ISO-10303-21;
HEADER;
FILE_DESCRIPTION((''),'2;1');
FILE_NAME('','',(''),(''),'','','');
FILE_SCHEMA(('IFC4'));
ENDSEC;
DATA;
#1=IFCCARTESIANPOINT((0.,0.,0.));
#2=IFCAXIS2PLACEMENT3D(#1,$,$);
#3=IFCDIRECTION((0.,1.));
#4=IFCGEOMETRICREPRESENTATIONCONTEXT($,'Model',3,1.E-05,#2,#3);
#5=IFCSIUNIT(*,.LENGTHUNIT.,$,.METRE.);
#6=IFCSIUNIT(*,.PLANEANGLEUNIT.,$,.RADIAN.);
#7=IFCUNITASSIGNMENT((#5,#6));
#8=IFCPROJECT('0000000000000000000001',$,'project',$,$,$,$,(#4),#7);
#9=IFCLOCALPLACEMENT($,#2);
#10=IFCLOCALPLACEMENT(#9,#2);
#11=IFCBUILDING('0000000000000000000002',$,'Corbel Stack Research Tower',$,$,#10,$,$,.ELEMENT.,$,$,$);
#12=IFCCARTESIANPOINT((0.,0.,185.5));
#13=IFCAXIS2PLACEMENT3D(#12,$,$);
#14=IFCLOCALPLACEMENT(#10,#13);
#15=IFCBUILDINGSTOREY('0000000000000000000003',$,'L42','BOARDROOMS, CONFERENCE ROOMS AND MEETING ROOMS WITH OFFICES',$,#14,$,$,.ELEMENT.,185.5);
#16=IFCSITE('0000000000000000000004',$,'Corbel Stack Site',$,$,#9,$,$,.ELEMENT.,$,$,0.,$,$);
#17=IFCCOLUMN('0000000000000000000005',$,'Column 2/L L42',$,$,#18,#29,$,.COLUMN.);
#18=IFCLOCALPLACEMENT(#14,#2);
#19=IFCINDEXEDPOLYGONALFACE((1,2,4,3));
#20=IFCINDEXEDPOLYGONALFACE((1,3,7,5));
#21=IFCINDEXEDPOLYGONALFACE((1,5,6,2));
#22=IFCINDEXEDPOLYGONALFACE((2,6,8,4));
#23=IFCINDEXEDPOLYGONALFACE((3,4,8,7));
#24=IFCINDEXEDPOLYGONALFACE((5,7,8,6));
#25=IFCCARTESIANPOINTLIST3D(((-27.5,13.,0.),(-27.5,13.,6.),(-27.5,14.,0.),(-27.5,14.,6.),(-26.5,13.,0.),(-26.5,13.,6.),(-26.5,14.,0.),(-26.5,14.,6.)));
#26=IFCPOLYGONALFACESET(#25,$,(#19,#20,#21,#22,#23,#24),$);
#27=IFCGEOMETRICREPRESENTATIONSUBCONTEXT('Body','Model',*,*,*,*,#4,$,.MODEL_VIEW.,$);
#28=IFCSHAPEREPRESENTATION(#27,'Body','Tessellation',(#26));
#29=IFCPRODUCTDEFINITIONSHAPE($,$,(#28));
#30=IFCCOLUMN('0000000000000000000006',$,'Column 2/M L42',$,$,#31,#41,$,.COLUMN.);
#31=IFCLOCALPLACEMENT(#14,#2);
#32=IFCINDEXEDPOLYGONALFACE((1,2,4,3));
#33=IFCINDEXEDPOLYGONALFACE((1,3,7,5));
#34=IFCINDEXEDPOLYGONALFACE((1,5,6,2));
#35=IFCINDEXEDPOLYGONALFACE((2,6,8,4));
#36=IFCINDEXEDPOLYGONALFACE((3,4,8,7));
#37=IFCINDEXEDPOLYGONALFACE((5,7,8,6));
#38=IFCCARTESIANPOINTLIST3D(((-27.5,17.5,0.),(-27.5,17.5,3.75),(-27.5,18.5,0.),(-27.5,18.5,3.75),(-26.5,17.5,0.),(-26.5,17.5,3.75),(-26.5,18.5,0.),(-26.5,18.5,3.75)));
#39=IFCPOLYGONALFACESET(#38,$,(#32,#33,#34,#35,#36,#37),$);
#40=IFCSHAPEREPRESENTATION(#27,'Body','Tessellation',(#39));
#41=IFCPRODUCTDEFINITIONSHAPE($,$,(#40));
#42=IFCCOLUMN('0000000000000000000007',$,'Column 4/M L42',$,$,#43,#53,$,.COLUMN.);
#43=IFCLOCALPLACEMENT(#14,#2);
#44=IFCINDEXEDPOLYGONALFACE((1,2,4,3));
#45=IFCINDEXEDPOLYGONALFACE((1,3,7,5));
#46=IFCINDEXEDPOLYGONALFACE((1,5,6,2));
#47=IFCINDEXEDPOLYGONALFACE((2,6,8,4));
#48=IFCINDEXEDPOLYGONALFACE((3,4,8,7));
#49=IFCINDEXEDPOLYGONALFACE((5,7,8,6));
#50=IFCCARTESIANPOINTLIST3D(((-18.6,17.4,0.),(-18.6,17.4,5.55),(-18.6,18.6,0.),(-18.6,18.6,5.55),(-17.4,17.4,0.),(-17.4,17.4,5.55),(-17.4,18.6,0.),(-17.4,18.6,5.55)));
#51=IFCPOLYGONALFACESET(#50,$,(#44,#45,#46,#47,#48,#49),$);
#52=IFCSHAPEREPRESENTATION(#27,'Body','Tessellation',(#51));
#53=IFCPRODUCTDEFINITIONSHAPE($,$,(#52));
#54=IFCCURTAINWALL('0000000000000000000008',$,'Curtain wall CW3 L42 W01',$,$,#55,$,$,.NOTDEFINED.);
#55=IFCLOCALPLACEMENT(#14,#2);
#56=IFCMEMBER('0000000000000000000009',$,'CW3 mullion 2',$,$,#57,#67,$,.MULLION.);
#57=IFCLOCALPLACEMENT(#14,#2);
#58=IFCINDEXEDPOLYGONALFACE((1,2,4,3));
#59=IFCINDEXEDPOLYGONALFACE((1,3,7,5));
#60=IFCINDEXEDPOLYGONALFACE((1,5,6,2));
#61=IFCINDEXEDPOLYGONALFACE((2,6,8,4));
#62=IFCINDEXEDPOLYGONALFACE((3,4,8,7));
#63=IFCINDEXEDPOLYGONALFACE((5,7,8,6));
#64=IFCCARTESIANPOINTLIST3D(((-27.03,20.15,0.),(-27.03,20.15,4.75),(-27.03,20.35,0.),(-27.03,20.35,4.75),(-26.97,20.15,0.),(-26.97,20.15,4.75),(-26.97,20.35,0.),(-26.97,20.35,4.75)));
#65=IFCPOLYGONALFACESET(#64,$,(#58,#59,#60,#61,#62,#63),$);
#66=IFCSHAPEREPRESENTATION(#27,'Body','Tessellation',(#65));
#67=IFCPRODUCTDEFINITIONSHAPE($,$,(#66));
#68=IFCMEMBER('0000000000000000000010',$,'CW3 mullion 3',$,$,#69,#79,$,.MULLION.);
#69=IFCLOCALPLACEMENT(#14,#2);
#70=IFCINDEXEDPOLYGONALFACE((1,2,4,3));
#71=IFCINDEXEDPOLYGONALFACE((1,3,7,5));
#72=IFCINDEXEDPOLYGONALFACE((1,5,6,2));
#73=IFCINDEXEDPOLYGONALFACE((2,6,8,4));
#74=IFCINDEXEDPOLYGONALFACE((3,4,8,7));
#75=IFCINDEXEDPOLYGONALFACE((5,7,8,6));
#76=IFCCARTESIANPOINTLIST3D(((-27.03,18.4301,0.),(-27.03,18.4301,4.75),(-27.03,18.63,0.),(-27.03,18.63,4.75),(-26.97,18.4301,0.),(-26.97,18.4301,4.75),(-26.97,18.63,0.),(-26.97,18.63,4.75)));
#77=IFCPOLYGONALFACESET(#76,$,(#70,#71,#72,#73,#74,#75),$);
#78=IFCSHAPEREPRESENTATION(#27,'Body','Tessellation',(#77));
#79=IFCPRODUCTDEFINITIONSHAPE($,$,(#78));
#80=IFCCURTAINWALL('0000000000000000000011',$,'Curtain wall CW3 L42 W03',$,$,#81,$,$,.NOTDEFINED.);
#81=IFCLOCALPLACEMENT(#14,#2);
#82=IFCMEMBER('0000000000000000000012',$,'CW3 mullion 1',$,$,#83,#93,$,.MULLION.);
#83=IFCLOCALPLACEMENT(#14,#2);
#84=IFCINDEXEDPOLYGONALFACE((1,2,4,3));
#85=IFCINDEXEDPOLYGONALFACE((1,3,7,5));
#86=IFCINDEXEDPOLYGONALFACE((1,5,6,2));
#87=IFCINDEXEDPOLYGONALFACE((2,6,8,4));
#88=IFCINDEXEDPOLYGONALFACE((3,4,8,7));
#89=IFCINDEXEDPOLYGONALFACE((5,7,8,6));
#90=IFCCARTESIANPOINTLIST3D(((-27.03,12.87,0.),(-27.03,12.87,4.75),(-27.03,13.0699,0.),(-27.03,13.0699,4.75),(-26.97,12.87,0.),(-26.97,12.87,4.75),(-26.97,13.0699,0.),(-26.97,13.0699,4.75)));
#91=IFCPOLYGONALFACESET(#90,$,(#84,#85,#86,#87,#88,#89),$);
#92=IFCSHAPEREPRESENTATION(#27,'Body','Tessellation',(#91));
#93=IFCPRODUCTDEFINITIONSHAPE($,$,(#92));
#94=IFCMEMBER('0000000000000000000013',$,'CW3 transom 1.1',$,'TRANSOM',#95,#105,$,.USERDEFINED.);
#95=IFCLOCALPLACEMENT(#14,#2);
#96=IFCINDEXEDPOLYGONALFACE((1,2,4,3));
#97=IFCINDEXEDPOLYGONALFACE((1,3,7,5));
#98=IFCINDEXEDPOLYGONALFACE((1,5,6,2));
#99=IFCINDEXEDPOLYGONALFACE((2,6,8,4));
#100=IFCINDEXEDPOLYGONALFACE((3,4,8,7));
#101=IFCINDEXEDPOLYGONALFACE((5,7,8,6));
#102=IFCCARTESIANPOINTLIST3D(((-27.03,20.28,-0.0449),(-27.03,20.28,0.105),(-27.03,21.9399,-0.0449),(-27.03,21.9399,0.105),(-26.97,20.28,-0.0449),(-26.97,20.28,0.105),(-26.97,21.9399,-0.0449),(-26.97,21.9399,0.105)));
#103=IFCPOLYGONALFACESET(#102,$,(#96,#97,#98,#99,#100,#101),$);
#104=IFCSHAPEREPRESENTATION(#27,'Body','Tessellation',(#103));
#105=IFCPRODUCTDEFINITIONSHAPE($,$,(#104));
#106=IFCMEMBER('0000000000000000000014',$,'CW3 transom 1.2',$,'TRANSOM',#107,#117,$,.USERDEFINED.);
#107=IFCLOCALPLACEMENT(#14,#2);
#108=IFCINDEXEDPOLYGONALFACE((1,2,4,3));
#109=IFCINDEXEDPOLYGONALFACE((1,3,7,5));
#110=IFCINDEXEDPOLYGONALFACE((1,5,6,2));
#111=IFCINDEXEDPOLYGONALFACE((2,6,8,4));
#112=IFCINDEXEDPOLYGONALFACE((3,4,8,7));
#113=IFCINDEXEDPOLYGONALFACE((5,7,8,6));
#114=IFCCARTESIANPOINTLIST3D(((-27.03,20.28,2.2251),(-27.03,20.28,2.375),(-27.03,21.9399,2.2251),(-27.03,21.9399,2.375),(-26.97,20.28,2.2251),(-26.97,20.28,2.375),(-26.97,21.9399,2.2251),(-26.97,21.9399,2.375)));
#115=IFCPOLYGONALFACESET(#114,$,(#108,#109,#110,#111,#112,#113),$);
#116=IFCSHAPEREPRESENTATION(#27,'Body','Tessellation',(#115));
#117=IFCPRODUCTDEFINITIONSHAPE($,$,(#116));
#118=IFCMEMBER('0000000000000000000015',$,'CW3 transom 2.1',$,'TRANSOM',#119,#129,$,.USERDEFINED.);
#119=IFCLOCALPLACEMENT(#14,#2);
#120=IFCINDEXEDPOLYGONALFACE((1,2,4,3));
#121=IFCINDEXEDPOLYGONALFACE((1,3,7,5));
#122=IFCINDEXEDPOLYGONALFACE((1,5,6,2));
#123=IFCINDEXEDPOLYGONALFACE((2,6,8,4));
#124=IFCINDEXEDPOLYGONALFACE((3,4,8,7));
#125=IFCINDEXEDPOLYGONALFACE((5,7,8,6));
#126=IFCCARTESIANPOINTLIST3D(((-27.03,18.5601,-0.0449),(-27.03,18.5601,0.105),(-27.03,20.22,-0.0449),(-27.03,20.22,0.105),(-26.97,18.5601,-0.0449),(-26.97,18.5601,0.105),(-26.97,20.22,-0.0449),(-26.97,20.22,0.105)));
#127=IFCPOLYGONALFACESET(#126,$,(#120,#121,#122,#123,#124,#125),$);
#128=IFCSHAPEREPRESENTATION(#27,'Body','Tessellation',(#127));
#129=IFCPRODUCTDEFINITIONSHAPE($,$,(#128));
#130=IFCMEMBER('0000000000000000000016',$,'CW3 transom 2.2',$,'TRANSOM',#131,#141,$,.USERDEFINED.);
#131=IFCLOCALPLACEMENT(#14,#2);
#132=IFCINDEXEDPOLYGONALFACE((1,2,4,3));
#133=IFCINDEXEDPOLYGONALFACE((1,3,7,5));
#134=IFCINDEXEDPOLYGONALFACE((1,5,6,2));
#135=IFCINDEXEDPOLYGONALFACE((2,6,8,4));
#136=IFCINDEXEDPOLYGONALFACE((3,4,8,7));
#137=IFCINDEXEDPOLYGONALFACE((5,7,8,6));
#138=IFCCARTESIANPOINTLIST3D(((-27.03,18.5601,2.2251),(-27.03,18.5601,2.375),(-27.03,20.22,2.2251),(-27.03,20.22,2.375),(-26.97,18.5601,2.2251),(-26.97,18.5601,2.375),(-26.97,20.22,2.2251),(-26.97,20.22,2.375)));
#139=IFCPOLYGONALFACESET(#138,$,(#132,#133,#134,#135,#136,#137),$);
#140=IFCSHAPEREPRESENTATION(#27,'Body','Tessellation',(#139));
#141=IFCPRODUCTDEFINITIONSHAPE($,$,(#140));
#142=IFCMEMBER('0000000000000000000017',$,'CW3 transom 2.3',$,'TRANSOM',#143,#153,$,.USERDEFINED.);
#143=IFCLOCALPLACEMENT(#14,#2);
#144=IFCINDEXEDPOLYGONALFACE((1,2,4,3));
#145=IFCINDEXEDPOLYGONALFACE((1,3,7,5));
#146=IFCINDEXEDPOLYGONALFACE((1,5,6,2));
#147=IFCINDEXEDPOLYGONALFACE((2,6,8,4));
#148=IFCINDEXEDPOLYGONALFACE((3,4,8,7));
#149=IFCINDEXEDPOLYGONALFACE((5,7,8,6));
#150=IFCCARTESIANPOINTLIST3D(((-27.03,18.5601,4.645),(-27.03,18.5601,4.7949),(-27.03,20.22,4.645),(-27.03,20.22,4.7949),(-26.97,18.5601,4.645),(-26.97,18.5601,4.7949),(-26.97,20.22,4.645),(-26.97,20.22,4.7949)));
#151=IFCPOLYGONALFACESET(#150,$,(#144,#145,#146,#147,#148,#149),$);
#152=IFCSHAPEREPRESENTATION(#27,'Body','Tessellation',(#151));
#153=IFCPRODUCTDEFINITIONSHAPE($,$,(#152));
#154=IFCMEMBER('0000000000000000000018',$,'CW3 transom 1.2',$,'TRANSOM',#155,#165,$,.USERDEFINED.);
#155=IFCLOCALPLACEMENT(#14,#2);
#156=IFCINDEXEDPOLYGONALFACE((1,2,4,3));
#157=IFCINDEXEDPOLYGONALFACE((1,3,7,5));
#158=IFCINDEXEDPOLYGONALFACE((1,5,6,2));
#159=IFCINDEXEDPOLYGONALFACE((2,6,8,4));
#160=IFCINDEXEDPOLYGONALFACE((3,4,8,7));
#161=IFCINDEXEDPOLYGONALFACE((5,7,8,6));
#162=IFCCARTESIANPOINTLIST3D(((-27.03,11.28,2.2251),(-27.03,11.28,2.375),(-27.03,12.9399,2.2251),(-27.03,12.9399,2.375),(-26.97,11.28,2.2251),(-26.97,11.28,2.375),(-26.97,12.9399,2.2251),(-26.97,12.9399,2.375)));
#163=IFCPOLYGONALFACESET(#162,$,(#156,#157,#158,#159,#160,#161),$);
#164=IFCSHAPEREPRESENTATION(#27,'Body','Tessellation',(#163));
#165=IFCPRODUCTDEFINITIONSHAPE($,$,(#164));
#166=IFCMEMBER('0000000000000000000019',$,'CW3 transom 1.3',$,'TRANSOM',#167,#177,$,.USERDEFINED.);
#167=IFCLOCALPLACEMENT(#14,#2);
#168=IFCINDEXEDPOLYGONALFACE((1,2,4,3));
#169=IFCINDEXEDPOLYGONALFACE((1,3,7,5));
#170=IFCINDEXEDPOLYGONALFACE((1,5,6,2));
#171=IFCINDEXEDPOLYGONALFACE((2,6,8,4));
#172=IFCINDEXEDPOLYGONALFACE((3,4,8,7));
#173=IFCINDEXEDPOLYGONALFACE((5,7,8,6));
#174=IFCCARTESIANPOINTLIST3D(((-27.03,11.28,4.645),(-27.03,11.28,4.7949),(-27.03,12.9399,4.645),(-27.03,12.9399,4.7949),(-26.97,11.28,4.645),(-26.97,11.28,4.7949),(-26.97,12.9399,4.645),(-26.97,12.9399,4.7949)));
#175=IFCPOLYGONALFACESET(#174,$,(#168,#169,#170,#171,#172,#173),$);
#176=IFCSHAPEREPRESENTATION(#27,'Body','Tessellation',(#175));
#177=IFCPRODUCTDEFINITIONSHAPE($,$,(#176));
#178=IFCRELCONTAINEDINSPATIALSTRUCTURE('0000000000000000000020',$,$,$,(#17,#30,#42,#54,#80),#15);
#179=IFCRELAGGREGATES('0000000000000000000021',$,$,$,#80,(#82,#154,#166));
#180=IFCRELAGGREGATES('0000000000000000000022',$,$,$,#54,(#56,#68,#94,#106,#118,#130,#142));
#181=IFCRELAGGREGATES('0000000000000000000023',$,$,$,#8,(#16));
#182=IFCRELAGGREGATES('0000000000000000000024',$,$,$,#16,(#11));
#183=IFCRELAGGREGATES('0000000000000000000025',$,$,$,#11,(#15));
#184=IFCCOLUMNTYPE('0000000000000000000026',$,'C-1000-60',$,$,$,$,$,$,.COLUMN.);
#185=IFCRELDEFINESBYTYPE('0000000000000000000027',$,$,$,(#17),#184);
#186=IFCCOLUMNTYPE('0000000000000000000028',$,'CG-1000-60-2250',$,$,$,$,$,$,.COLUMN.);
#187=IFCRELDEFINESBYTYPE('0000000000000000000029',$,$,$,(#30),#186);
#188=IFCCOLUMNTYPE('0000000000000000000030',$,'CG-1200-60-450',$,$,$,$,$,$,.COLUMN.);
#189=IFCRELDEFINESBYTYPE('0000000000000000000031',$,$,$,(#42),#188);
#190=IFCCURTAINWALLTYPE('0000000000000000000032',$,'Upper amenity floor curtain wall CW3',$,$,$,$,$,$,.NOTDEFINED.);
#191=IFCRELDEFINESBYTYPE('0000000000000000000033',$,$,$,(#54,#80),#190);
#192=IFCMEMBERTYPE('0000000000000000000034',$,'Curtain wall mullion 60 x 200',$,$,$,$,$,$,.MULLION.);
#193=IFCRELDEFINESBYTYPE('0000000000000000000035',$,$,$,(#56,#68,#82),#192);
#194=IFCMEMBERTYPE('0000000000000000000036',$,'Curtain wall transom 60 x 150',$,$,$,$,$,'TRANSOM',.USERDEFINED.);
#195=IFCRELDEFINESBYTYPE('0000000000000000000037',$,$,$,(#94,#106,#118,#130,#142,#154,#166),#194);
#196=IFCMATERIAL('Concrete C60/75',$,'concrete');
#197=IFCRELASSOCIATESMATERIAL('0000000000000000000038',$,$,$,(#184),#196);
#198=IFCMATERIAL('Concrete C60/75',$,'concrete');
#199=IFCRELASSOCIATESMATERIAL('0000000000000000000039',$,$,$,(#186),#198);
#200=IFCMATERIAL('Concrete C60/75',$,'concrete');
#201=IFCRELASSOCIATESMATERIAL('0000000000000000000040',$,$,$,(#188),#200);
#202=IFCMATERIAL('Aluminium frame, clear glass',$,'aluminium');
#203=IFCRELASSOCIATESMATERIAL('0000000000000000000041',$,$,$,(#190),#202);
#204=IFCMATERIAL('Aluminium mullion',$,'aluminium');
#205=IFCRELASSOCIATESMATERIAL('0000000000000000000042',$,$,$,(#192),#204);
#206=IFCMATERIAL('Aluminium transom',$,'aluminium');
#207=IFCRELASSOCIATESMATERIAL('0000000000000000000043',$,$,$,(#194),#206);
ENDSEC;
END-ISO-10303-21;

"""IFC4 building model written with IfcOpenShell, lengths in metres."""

from ifc_helpers import new_model, si_unit, direction, frame, origin, origin_2d, place, context, subcontext, project, spatial, rectangle, extrude, material, material_profile, profile_set, type_object, element, aggregate, save


model = new_model("IFC4")

# Units and contexts
model_context = context("Model", 3, precision=1e-05, world=origin(), true_north=direction((0.0, 1.0)))
body_context = subcontext(model_context, "Body", "Model", "MODEL_VIEW")
ifc_project = project(units=[si_unit("LENGTHUNIT", "METRE"), si_unit("PLANEANGLEUNIT", "RADIAN")], contexts=[model_context])

# Site, building, storey
site_placement = place(None, origin())
site = spatial("IfcSite", under=ifc_project, at=site_placement, Name="Corbel Stack Site", CompositionType="ELEMENT", RefElevation=0.0)
building_placement = place(site_placement, origin())
building = spatial("IfcBuilding", under=site, at=building_placement, Name="Corbel Stack Research Tower", CompositionType="ELEMENT")
storey_placement = place(building_placement, frame((0.0, 0.0, 185.5)))
storey = spatial("IfcBuildingStorey", under=building, at=storey_placement, Name="L42", Description="BOARDROOMS, CONFERENCE ROOMS AND MEETING ROOMS WITH OFFICES", CompositionType="ELEMENT", Elevation=185.5)

# Columns
ifc_material_1 = material(Name="Concrete C60/75", Category="concrete")
ifc_material_profile_1 = material_profile(ifc_material_1, rectangle(XDim=1.0, YDim=1.0, at=origin_2d()), Name="RC 1000 x 1000")
ifc_profile_set_1 = profile_set([ifc_material_profile_1], Name="Concrete C60/75")
column_type_1 = type_object("IfcColumnType", Name="C-1000-60", PredefinedType="COLUMN", material=ifc_profile_set_1)
column_1_placement = place(storey_placement, frame((-27.0, 13.5, 0.0), z_axis=(0.0, 0.0, 1.0), x_axis=(1.0, 0.0, 0.0)))
element("IfcColumn", 1, at=column_1_placement, inside=storey, type_object=column_type_1, Name="Column 2/L L42", PredefinedType="COLUMN", context=body_context, shape_type="SweptSolid", body=[
    extrude(rectangle(XDim=1.0, YDim=1.0, at=origin_2d()), origin(), (0.0, 0.0, 1.0), 6.0),
])
ifc_material_2 = material(Name="Concrete C60/75", Category="concrete")
ifc_material_profile_2 = material_profile(ifc_material_2, rectangle(XDim=1.0, YDim=1.0, at=origin_2d()), Name="RC 1000 x 1000")
ifc_profile_set_2 = profile_set([ifc_material_profile_2], Name="Concrete C60/75")
column_type_2 = type_object("IfcColumnType", Name="CG-1000-60-2250", PredefinedType="COLUMN", material=ifc_profile_set_2)
column_2_placement = place(storey_placement, frame((-27.0, 18.0, 0.0), z_axis=(0.0, 0.0, 1.0), x_axis=(1.0, 0.0, 0.0)))
element("IfcColumn", 2, at=column_2_placement, inside=storey, type_object=column_type_2, Name="Column 2/M L42", PredefinedType="COLUMN", context=body_context, shape_type="SweptSolid", body=[
    extrude(rectangle(XDim=1.0, YDim=1.0, at=origin_2d()), origin(), (0.0, 0.0, 1.0), 3.75),
])
ifc_material_3 = material(Name="Concrete C60/75", Category="concrete")
ifc_material_profile_3 = material_profile(ifc_material_3, rectangle(XDim=1.2, YDim=1.2, at=origin_2d()), Name="RC 1200 x 1200")
ifc_profile_set_3 = profile_set([ifc_material_profile_3], Name="Concrete C60/75")
column_type_3 = type_object("IfcColumnType", Name="CG-1200-60-450", PredefinedType="COLUMN", material=ifc_profile_set_3)
column_3_placement = place(storey_placement, frame((-18.0, 18.0, 0.0), z_axis=(0.0, 0.0, 1.0), x_axis=(1.0, 0.0, 0.0)))
element("IfcColumn", 3, at=column_3_placement, inside=storey, type_object=column_type_3, Name="Column 4/M L42", PredefinedType="COLUMN", context=body_context, shape_type="SweptSolid", body=[
    extrude(rectangle(XDim=1.2, YDim=1.2, at=origin_2d()), origin(), (0.0, 0.0, 1.0), 5.55),
])

# Curtain wall, members
ifc_material_4 = material(Name="Aluminium frame, clear glass", Category="aluminium")
curtain_wall_type = type_object("IfcCurtainWallType", Name="Upper amenity floor curtain wall CW3", PredefinedType="NOTDEFINED", material=ifc_material_4)
curtain_wall_1_placement = place(storey_placement, origin())
curtain_wall_1 = element("IfcCurtainWall", 4, at=curtain_wall_1_placement, inside=storey, type_object=curtain_wall_type, Name="Curtain wall CW3 L42 W01", PredefinedType="NOTDEFINED")
ifc_material_5 = material(Name="Aluminium mullion", Category="aluminium")
ifc_material_profile_4 = material_profile(ifc_material_5, rectangle(XDim=0.0601, YDim=0.2, at=origin_2d()), Name="Mullion 60 x 200")
ifc_profile_set_4 = profile_set([ifc_material_profile_4], Name="Aluminium mullion")
member_type_1 = type_object("IfcMemberType", Name="Curtain wall mullion 60 x 200", PredefinedType="MULLION", material=ifc_profile_set_4)
member_1_placement = place(storey_placement, frame((-27.0, 20.25, 0.0), z_axis=(0.0, 0.0, 1.0), x_axis=(1.0, 0.0, 0.0)))
member_1 = element("IfcMember", 5, at=member_1_placement, type_object=member_type_1, Name="CW3 mullion 2", PredefinedType="MULLION", context=body_context, shape_type="SweptSolid", body=[
    extrude(rectangle(XDim=0.0601, YDim=0.2, at=origin_2d()), origin(), (0.0, 0.0, 1.0), 4.75),
])
member_2_placement = place(storey_placement, frame((-27.0, 18.53, 0.0), z_axis=(0.0, 0.0, 1.0), x_axis=(1.0, 0.0, 0.0)))
member_2 = element("IfcMember", 6, at=member_2_placement, type_object=member_type_1, Name="CW3 mullion 3", PredefinedType="MULLION", context=body_context, shape_type="SweptSolid", body=[
    extrude(rectangle(XDim=0.0601, YDim=0.2, at=origin_2d()), origin(), (0.0, 0.0, 1.0), 4.75),
])

# Curtain wall, member
curtain_wall_2_placement = place(storey_placement, origin())
curtain_wall_2 = element("IfcCurtainWall", 7, at=curtain_wall_2_placement, inside=storey, type_object=curtain_wall_type, Name="Curtain wall CW3 L42 W03", PredefinedType="NOTDEFINED")
member_3_placement = place(storey_placement, frame((-27.0, 12.97, 0.0), z_axis=(0.0, 0.0, 1.0), x_axis=(1.0, 0.0, 0.0)))
member_3 = element("IfcMember", 8, at=member_3_placement, type_object=member_type_1, Name="CW3 mullion 1", PredefinedType="MULLION", context=body_context, shape_type="SweptSolid", body=[
    extrude(rectangle(XDim=0.0601, YDim=0.2, at=origin_2d()), origin(), (0.0, 0.0, 1.0), 4.75),
])

# Members
ifc_material_6 = material(Name="Aluminium transom", Category="aluminium")
ifc_material_profile_5 = material_profile(ifc_material_6, rectangle(XDim=0.0601, YDim=0.1499, at=origin_2d()), Name="Transom 60 x 150")
ifc_profile_set_5 = profile_set([ifc_material_profile_5], Name="Aluminium transom")
member_type_2 = type_object("IfcMemberType", Name="Curtain wall transom 60 x 150", ElementType="TRANSOM", PredefinedType="USERDEFINED", material=ifc_profile_set_5)
member_4_placement = place(storey_placement, frame((-27.0, 21.9399, 0.03), z_axis=(0.0, -1.0, 0.0), x_axis=(1.0, 0.0, 0.0)))
member_4 = element("IfcMember", 9, at=member_4_placement, type_object=member_type_2, Name="CW3 transom 1.1", ObjectType="TRANSOM", PredefinedType="USERDEFINED", context=body_context, shape_type="SweptSolid", body=[
    extrude(rectangle(XDim=0.0601, YDim=0.1499, at=origin_2d()), origin(), (0.0, 0.0, 1.0), 1.6599),
])
member_5_placement = place(storey_placement, frame((-27.0, 21.9399, 2.3), z_axis=(0.0, -1.0, 0.0), x_axis=(1.0, 0.0, 0.0)))
member_5 = element("IfcMember", 10, at=member_5_placement, type_object=member_type_2, Name="CW3 transom 1.2", ObjectType="TRANSOM", PredefinedType="USERDEFINED", context=body_context, shape_type="SweptSolid", body=[
    extrude(rectangle(XDim=0.0601, YDim=0.1499, at=origin_2d()), origin(), (0.0, 0.0, 1.0), 1.6599),
])
member_6_placement = place(storey_placement, frame((-27.0, 20.22, 0.03), z_axis=(0.0, -1.0, 0.0), x_axis=(1.0, 0.0, 0.0)))
member_6 = element("IfcMember", 11, at=member_6_placement, type_object=member_type_2, Name="CW3 transom 2.1", ObjectType="TRANSOM", PredefinedType="USERDEFINED", context=body_context, shape_type="SweptSolid", body=[
    extrude(rectangle(XDim=0.0601, YDim=0.1499, at=origin_2d()), origin(), (0.0, 0.0, 1.0), 1.6599),
])
member_7_placement = place(storey_placement, frame((-27.0, 20.22, 2.3), z_axis=(0.0, -1.0, 0.0), x_axis=(1.0, 0.0, 0.0)))
member_7 = element("IfcMember", 12, at=member_7_placement, type_object=member_type_2, Name="CW3 transom 2.2", ObjectType="TRANSOM", PredefinedType="USERDEFINED", context=body_context, shape_type="SweptSolid", body=[
    extrude(rectangle(XDim=0.0601, YDim=0.1499, at=origin_2d()), origin(), (0.0, 0.0, 1.0), 1.6599),
])
member_8_placement = place(storey_placement, frame((-27.0, 20.22, 4.72), z_axis=(0.0, -1.0, 0.0), x_axis=(1.0, 0.0, 0.0)))
member_8 = element("IfcMember", 13, at=member_8_placement, type_object=member_type_2, Name="CW3 transom 2.3", ObjectType="TRANSOM", PredefinedType="USERDEFINED", context=body_context, shape_type="SweptSolid", body=[
    extrude(rectangle(XDim=0.0601, YDim=0.1499, at=origin_2d()), origin(), (0.0, 0.0, 1.0), 1.6599),
])
member_9_placement = place(storey_placement, frame((-27.0, 12.9399, 2.3), z_axis=(0.0, -1.0, 0.0), x_axis=(1.0, 0.0, 0.0)))
member_9 = element("IfcMember", 14, at=member_9_placement, type_object=member_type_2, Name="CW3 transom 1.2", ObjectType="TRANSOM", PredefinedType="USERDEFINED", context=body_context, shape_type="SweptSolid", body=[
    extrude(rectangle(XDim=0.0601, YDim=0.1499, at=origin_2d()), origin(), (0.0, 0.0, 1.0), 1.6599),
])
member_10_placement = place(storey_placement, frame((-27.0, 12.9399, 4.72), z_axis=(0.0, -1.0, 0.0), x_axis=(1.0, 0.0, 0.0)))
member_10 = element("IfcMember", 15, at=member_10_placement, type_object=member_type_2, Name="CW3 transom 1.3", ObjectType="TRANSOM", PredefinedType="USERDEFINED", context=body_context, shape_type="SweptSolid", body=[
    extrude(rectangle(XDim=0.0601, YDim=0.1499, at=origin_2d()), origin(), (0.0, 0.0, 1.0), 1.6599),
])
aggregate(curtain_wall_2, [member_3, member_9, member_10])

aggregate(curtain_wall_1, [member_1, member_2, member_4, member_5, member_6, member_7, member_8])

save(model, "model.ifc")
